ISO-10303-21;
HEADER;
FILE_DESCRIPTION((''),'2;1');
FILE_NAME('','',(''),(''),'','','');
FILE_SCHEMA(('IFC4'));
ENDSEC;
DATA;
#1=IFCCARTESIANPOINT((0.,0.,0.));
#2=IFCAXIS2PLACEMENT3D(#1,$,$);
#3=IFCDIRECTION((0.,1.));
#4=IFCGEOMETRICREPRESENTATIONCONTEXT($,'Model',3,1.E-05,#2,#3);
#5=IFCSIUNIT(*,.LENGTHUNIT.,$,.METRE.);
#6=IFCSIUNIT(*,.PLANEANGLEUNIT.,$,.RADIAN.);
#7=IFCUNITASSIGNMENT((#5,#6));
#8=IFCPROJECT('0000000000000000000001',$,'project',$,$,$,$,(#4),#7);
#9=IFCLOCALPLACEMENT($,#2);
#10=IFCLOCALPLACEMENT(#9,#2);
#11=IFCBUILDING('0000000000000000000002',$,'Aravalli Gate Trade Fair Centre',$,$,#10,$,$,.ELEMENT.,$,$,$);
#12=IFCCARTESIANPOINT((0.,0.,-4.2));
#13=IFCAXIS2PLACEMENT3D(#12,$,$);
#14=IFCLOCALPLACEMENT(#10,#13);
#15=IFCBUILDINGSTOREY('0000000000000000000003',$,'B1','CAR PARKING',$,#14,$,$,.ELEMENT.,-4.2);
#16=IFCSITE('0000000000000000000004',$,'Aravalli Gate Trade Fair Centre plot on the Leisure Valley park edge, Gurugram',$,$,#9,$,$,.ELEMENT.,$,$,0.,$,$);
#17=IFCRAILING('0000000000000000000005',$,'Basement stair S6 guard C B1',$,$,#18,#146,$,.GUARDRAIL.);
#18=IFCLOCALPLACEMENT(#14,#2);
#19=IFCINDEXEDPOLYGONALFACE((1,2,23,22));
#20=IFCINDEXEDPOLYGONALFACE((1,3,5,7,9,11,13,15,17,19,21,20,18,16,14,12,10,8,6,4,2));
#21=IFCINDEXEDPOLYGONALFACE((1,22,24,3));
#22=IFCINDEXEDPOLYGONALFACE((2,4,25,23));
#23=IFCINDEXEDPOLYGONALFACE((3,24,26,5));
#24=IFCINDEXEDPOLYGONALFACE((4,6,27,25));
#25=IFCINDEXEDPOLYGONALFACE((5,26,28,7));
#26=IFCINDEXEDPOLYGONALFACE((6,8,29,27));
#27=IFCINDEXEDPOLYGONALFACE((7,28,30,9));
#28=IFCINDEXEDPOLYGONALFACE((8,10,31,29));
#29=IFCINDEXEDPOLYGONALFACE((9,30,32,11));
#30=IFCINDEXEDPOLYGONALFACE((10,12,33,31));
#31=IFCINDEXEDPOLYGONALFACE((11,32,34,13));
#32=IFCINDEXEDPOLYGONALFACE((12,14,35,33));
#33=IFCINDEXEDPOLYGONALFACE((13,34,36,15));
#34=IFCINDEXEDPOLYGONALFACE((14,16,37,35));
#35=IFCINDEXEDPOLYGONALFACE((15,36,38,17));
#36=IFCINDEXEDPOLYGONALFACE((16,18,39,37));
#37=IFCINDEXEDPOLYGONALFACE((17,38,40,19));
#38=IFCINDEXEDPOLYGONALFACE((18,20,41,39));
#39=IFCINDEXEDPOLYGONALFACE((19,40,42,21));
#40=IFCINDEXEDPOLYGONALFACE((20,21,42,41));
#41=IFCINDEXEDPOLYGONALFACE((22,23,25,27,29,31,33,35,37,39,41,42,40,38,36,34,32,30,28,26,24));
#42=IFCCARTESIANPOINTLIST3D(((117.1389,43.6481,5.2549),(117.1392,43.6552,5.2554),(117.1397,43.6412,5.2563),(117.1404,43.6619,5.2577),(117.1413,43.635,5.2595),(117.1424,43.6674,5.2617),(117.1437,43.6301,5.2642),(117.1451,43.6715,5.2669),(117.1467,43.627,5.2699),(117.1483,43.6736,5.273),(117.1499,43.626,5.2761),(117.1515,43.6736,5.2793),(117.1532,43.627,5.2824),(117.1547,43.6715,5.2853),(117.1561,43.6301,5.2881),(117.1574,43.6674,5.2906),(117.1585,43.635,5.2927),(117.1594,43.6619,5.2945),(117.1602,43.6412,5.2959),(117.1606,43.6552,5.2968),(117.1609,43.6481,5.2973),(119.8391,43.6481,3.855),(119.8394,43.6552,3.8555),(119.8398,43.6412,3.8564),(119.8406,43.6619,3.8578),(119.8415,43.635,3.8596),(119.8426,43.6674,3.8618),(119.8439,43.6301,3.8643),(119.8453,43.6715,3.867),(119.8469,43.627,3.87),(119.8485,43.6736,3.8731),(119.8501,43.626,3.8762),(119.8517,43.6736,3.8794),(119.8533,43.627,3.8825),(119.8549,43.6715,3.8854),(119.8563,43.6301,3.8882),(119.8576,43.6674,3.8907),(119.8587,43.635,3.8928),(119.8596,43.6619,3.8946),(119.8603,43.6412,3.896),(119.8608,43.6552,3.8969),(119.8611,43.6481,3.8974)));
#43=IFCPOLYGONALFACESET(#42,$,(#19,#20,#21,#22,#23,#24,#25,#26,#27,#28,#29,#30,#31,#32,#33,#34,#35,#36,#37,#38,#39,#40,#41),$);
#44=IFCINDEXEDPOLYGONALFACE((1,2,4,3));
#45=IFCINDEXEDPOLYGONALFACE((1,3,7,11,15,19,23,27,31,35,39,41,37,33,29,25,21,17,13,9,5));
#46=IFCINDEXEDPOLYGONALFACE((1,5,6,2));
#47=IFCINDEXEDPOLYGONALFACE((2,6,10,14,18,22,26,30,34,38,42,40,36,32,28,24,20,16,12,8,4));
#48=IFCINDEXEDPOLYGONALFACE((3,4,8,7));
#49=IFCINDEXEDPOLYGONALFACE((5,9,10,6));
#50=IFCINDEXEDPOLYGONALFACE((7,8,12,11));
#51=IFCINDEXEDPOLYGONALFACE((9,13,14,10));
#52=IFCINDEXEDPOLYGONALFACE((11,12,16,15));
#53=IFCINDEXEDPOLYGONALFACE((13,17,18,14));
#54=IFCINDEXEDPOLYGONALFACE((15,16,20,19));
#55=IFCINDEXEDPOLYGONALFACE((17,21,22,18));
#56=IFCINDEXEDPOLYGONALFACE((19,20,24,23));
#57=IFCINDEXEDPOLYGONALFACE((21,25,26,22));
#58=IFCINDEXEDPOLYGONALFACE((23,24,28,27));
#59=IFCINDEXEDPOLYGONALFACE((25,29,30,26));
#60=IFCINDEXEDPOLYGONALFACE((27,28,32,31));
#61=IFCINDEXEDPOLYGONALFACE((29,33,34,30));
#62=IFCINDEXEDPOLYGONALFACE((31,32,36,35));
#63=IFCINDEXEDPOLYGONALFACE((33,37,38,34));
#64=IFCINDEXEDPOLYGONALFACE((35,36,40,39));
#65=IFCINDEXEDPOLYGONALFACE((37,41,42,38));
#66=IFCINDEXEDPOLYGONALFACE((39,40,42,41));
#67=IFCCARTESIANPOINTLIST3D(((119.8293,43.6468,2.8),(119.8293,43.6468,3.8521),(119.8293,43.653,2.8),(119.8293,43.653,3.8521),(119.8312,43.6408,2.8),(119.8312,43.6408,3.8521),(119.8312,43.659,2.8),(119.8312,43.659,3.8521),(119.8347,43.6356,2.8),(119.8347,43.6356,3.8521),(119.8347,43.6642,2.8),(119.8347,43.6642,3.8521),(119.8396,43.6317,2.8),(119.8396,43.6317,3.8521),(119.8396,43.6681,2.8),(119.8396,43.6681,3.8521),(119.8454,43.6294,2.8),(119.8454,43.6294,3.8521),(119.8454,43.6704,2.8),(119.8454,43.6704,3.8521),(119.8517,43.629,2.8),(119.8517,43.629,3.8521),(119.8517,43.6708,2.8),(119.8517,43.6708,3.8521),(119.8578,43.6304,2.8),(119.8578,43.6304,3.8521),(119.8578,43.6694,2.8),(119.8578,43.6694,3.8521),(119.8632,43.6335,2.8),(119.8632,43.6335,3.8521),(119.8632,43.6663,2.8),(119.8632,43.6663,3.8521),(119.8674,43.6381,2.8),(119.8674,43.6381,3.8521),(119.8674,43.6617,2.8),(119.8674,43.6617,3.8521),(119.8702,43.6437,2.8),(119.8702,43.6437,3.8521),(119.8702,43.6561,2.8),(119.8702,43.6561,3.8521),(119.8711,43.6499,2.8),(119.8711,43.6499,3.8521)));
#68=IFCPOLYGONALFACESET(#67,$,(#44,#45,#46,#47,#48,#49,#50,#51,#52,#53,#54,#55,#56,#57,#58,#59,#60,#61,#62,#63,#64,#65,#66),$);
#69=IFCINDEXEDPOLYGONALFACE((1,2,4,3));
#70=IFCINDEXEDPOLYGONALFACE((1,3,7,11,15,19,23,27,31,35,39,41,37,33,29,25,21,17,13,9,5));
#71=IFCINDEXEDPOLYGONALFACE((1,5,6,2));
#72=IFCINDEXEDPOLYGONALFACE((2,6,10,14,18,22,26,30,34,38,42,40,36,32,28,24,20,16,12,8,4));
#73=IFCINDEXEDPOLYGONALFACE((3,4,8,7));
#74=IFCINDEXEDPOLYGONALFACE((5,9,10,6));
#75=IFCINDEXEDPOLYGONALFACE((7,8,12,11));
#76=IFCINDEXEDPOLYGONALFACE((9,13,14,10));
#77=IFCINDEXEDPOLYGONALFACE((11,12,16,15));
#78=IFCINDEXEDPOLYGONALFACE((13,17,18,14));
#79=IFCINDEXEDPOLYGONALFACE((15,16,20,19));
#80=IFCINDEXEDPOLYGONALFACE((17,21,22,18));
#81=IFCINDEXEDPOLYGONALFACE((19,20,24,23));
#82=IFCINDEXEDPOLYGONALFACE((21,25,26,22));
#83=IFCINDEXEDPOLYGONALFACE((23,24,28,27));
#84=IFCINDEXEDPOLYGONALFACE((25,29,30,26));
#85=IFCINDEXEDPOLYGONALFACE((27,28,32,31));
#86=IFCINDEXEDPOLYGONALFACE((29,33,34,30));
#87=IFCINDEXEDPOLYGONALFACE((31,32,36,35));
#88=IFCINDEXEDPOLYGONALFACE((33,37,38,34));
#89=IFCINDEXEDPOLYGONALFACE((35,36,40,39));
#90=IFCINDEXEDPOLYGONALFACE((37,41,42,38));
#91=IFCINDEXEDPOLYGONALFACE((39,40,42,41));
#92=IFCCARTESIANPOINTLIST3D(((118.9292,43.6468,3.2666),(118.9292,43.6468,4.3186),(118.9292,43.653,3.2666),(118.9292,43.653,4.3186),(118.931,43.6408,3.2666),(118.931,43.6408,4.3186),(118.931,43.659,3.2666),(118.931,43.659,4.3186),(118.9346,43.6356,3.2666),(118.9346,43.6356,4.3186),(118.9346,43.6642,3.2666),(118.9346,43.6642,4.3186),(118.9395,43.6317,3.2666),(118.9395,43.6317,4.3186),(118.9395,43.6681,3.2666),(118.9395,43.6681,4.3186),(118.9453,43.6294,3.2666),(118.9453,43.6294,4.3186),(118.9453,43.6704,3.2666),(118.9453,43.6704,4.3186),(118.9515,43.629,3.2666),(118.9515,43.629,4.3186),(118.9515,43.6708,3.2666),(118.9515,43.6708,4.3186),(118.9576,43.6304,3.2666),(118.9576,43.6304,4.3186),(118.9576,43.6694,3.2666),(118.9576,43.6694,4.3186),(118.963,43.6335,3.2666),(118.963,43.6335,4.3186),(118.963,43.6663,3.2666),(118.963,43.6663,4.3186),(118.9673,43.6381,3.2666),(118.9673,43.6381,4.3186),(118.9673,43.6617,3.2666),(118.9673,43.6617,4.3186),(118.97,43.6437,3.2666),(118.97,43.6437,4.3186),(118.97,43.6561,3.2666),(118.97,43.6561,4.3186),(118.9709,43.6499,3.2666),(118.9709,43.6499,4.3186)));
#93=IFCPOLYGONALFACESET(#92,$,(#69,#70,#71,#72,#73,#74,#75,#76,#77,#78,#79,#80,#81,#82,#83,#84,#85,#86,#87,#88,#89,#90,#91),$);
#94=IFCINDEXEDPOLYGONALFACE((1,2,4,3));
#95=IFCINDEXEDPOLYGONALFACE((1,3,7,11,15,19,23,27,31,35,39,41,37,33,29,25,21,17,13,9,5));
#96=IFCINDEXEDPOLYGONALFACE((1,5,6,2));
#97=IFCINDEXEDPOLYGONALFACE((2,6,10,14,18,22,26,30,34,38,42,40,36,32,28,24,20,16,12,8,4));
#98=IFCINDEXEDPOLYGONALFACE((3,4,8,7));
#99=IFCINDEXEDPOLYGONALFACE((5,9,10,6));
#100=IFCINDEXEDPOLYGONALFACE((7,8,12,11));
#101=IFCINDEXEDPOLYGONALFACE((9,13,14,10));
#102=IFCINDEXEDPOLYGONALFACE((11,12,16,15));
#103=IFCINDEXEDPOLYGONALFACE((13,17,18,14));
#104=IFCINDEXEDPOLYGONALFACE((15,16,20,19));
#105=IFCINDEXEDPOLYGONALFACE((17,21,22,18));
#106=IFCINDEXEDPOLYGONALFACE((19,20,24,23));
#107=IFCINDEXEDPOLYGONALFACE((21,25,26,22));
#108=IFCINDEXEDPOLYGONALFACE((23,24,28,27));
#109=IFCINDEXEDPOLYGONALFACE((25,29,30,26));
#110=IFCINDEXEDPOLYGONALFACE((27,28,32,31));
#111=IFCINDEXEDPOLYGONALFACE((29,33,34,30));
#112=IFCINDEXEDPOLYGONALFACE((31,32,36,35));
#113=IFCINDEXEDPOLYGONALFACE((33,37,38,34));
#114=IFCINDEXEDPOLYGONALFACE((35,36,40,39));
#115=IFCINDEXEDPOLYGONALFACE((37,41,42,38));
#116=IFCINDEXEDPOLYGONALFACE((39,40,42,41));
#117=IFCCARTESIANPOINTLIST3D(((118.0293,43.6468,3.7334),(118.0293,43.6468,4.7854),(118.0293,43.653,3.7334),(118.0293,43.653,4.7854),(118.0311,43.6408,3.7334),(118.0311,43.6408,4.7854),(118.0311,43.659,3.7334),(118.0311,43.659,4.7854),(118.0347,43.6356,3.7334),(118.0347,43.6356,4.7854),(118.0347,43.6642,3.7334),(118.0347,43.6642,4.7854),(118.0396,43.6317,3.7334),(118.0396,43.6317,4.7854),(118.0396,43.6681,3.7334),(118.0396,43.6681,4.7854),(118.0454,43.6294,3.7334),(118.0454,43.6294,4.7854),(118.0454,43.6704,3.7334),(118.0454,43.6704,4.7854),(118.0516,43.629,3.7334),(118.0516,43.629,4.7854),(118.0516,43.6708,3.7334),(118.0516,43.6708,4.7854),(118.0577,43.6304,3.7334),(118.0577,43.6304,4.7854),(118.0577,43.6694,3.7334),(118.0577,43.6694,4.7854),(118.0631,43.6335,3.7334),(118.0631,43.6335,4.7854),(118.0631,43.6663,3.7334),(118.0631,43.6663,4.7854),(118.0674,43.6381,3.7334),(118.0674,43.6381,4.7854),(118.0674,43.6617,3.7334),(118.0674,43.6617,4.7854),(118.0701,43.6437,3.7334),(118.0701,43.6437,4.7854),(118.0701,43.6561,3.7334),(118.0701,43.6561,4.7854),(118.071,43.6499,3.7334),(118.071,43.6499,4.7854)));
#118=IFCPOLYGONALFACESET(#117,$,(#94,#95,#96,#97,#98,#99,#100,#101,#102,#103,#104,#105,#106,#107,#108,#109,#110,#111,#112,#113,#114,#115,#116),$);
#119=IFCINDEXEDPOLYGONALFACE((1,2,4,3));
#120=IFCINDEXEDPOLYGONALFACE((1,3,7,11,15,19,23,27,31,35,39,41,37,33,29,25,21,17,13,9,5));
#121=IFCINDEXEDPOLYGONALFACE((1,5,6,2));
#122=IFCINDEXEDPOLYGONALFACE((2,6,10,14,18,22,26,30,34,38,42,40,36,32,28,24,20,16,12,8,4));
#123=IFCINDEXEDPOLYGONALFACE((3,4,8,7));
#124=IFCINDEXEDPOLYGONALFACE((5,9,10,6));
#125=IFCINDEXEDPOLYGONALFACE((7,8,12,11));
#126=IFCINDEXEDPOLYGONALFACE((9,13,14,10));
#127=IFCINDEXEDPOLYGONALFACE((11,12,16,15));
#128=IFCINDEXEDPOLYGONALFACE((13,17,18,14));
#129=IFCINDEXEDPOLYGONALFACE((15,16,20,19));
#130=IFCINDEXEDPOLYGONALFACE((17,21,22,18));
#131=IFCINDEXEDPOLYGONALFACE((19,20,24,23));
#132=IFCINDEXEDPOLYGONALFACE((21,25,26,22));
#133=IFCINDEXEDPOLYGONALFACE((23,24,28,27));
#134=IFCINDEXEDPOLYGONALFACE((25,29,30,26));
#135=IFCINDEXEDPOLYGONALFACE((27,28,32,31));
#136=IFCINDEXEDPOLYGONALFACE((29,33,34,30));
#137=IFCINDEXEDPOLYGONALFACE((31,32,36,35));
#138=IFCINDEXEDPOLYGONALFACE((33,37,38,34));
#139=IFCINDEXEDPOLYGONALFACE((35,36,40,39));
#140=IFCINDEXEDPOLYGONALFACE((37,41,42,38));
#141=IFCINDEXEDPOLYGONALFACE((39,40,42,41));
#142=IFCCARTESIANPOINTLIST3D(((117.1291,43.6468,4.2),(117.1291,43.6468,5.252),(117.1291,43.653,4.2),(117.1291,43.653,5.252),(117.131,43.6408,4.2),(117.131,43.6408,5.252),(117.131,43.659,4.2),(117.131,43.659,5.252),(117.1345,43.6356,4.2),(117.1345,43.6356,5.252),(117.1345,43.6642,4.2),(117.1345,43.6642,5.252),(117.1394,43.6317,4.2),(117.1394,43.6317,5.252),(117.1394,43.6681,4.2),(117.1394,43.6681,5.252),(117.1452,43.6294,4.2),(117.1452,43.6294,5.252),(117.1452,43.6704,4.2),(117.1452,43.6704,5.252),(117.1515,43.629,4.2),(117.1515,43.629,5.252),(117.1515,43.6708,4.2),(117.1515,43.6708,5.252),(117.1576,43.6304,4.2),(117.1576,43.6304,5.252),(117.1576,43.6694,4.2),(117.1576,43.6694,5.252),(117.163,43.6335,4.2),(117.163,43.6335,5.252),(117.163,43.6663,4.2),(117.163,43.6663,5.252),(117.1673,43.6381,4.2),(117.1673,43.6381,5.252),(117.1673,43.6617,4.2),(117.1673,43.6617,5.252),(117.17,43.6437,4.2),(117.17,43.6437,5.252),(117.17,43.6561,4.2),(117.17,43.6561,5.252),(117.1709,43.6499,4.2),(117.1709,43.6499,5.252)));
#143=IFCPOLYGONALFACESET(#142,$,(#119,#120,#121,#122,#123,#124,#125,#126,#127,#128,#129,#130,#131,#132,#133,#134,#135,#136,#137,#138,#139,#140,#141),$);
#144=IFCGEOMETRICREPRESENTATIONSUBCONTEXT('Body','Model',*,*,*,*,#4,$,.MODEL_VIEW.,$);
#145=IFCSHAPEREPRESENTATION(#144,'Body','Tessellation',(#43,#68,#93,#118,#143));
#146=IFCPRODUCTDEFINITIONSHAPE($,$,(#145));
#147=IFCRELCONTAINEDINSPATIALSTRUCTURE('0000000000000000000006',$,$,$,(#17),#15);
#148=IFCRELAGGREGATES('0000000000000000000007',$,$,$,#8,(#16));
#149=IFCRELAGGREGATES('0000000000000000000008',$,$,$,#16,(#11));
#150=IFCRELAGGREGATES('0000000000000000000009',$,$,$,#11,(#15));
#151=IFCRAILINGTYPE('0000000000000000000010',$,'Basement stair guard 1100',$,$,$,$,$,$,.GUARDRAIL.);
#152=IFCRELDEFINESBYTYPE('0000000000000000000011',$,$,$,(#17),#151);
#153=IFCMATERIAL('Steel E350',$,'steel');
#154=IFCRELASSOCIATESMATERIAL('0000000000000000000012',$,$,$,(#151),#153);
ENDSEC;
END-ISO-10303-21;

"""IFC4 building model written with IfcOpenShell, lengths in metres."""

from ifc_helpers import new_model, si_unit, direction, frame, origin, origin_2d, place, context, subcontext, project, spatial, circle, extrude, material, type_object, element, save


model = new_model("IFC4")

# Units and contexts
model_context = context("Model", 3, precision=1e-05, world=origin(), true_north=direction((0.0, 1.0)))
body_context = subcontext(model_context, "Body", "Model", "MODEL_VIEW")
ifc_project = project(units=[si_unit("LENGTHUNIT", "METRE"), si_unit("PLANEANGLEUNIT", "RADIAN")], contexts=[model_context])

# Site, building, storey
site_placement = place(None, origin())
site = spatial("IfcSite", under=ifc_project, at=site_placement, Name="Aravalli Gate Trade Fair Centre plot on the Leisure Valley park edge, Gurugram", CompositionType="ELEMENT", RefElevation=0.0)
building_placement = place(site_placement, origin())
building = spatial("IfcBuilding", under=site, at=building_placement, Name="Aravalli Gate Trade Fair Centre", CompositionType="ELEMENT")
storey_placement = place(building_placement, frame((0.0, 0.0, -4.2)))
storey = spatial("IfcBuildingStorey", under=building, at=storey_placement, Name="B1", Description="CAR PARKING", CompositionType="ELEMENT", Elevation=-4.2)

# Railing
ifc_material_1 = material(Name="Steel E350", Category="steel")
railing_type_1 = type_object("IfcRailingType", Name="Basement stair guard 1100", PredefinedType="GUARDRAIL", material=ifc_material_1)
railing_1_placement = place(storey_placement, frame((119.8501, 43.6499, 2.8)))
element("IfcRailing", 1, at=railing_1_placement, inside=storey, type_object=railing_type_1, Name="Basement stair S6 guard C B1", PredefinedType="GUARDRAIL", context=body_context, shape_type="SweptSolid", body=[
    extrude(circle(Radius=0.0239, at=origin_2d()), frame((0.0, 0.0, 1.0762), z_axis=(-0.887781, 0.0, 0.460266), x_axis=(0.0, -1.0, 0.0)), (0.0, 0.0, 1.0), 3.0415),
    extrude(circle(Radius=0.021, at=origin_2d()), origin(), (0.0, 0.0, 1.0), 1.052),
    extrude(circle(Radius=0.021, at=origin_2d()), frame((-0.9001, 0.0, 0.4666)), (0.0, 0.0, 1.0), 1.052),
    extrude(circle(Radius=0.021, at=origin_2d()), frame((-1.8, 0.0, 0.9333)), (0.0, 0.0, 1.0), 1.052),
    extrude(circle(Radius=0.021, at=origin_2d()), frame((-2.7002, 0.0, 1.3999)), (0.0, 0.0, 1.0), 1.052),
])

save(model, "model.ifc")
